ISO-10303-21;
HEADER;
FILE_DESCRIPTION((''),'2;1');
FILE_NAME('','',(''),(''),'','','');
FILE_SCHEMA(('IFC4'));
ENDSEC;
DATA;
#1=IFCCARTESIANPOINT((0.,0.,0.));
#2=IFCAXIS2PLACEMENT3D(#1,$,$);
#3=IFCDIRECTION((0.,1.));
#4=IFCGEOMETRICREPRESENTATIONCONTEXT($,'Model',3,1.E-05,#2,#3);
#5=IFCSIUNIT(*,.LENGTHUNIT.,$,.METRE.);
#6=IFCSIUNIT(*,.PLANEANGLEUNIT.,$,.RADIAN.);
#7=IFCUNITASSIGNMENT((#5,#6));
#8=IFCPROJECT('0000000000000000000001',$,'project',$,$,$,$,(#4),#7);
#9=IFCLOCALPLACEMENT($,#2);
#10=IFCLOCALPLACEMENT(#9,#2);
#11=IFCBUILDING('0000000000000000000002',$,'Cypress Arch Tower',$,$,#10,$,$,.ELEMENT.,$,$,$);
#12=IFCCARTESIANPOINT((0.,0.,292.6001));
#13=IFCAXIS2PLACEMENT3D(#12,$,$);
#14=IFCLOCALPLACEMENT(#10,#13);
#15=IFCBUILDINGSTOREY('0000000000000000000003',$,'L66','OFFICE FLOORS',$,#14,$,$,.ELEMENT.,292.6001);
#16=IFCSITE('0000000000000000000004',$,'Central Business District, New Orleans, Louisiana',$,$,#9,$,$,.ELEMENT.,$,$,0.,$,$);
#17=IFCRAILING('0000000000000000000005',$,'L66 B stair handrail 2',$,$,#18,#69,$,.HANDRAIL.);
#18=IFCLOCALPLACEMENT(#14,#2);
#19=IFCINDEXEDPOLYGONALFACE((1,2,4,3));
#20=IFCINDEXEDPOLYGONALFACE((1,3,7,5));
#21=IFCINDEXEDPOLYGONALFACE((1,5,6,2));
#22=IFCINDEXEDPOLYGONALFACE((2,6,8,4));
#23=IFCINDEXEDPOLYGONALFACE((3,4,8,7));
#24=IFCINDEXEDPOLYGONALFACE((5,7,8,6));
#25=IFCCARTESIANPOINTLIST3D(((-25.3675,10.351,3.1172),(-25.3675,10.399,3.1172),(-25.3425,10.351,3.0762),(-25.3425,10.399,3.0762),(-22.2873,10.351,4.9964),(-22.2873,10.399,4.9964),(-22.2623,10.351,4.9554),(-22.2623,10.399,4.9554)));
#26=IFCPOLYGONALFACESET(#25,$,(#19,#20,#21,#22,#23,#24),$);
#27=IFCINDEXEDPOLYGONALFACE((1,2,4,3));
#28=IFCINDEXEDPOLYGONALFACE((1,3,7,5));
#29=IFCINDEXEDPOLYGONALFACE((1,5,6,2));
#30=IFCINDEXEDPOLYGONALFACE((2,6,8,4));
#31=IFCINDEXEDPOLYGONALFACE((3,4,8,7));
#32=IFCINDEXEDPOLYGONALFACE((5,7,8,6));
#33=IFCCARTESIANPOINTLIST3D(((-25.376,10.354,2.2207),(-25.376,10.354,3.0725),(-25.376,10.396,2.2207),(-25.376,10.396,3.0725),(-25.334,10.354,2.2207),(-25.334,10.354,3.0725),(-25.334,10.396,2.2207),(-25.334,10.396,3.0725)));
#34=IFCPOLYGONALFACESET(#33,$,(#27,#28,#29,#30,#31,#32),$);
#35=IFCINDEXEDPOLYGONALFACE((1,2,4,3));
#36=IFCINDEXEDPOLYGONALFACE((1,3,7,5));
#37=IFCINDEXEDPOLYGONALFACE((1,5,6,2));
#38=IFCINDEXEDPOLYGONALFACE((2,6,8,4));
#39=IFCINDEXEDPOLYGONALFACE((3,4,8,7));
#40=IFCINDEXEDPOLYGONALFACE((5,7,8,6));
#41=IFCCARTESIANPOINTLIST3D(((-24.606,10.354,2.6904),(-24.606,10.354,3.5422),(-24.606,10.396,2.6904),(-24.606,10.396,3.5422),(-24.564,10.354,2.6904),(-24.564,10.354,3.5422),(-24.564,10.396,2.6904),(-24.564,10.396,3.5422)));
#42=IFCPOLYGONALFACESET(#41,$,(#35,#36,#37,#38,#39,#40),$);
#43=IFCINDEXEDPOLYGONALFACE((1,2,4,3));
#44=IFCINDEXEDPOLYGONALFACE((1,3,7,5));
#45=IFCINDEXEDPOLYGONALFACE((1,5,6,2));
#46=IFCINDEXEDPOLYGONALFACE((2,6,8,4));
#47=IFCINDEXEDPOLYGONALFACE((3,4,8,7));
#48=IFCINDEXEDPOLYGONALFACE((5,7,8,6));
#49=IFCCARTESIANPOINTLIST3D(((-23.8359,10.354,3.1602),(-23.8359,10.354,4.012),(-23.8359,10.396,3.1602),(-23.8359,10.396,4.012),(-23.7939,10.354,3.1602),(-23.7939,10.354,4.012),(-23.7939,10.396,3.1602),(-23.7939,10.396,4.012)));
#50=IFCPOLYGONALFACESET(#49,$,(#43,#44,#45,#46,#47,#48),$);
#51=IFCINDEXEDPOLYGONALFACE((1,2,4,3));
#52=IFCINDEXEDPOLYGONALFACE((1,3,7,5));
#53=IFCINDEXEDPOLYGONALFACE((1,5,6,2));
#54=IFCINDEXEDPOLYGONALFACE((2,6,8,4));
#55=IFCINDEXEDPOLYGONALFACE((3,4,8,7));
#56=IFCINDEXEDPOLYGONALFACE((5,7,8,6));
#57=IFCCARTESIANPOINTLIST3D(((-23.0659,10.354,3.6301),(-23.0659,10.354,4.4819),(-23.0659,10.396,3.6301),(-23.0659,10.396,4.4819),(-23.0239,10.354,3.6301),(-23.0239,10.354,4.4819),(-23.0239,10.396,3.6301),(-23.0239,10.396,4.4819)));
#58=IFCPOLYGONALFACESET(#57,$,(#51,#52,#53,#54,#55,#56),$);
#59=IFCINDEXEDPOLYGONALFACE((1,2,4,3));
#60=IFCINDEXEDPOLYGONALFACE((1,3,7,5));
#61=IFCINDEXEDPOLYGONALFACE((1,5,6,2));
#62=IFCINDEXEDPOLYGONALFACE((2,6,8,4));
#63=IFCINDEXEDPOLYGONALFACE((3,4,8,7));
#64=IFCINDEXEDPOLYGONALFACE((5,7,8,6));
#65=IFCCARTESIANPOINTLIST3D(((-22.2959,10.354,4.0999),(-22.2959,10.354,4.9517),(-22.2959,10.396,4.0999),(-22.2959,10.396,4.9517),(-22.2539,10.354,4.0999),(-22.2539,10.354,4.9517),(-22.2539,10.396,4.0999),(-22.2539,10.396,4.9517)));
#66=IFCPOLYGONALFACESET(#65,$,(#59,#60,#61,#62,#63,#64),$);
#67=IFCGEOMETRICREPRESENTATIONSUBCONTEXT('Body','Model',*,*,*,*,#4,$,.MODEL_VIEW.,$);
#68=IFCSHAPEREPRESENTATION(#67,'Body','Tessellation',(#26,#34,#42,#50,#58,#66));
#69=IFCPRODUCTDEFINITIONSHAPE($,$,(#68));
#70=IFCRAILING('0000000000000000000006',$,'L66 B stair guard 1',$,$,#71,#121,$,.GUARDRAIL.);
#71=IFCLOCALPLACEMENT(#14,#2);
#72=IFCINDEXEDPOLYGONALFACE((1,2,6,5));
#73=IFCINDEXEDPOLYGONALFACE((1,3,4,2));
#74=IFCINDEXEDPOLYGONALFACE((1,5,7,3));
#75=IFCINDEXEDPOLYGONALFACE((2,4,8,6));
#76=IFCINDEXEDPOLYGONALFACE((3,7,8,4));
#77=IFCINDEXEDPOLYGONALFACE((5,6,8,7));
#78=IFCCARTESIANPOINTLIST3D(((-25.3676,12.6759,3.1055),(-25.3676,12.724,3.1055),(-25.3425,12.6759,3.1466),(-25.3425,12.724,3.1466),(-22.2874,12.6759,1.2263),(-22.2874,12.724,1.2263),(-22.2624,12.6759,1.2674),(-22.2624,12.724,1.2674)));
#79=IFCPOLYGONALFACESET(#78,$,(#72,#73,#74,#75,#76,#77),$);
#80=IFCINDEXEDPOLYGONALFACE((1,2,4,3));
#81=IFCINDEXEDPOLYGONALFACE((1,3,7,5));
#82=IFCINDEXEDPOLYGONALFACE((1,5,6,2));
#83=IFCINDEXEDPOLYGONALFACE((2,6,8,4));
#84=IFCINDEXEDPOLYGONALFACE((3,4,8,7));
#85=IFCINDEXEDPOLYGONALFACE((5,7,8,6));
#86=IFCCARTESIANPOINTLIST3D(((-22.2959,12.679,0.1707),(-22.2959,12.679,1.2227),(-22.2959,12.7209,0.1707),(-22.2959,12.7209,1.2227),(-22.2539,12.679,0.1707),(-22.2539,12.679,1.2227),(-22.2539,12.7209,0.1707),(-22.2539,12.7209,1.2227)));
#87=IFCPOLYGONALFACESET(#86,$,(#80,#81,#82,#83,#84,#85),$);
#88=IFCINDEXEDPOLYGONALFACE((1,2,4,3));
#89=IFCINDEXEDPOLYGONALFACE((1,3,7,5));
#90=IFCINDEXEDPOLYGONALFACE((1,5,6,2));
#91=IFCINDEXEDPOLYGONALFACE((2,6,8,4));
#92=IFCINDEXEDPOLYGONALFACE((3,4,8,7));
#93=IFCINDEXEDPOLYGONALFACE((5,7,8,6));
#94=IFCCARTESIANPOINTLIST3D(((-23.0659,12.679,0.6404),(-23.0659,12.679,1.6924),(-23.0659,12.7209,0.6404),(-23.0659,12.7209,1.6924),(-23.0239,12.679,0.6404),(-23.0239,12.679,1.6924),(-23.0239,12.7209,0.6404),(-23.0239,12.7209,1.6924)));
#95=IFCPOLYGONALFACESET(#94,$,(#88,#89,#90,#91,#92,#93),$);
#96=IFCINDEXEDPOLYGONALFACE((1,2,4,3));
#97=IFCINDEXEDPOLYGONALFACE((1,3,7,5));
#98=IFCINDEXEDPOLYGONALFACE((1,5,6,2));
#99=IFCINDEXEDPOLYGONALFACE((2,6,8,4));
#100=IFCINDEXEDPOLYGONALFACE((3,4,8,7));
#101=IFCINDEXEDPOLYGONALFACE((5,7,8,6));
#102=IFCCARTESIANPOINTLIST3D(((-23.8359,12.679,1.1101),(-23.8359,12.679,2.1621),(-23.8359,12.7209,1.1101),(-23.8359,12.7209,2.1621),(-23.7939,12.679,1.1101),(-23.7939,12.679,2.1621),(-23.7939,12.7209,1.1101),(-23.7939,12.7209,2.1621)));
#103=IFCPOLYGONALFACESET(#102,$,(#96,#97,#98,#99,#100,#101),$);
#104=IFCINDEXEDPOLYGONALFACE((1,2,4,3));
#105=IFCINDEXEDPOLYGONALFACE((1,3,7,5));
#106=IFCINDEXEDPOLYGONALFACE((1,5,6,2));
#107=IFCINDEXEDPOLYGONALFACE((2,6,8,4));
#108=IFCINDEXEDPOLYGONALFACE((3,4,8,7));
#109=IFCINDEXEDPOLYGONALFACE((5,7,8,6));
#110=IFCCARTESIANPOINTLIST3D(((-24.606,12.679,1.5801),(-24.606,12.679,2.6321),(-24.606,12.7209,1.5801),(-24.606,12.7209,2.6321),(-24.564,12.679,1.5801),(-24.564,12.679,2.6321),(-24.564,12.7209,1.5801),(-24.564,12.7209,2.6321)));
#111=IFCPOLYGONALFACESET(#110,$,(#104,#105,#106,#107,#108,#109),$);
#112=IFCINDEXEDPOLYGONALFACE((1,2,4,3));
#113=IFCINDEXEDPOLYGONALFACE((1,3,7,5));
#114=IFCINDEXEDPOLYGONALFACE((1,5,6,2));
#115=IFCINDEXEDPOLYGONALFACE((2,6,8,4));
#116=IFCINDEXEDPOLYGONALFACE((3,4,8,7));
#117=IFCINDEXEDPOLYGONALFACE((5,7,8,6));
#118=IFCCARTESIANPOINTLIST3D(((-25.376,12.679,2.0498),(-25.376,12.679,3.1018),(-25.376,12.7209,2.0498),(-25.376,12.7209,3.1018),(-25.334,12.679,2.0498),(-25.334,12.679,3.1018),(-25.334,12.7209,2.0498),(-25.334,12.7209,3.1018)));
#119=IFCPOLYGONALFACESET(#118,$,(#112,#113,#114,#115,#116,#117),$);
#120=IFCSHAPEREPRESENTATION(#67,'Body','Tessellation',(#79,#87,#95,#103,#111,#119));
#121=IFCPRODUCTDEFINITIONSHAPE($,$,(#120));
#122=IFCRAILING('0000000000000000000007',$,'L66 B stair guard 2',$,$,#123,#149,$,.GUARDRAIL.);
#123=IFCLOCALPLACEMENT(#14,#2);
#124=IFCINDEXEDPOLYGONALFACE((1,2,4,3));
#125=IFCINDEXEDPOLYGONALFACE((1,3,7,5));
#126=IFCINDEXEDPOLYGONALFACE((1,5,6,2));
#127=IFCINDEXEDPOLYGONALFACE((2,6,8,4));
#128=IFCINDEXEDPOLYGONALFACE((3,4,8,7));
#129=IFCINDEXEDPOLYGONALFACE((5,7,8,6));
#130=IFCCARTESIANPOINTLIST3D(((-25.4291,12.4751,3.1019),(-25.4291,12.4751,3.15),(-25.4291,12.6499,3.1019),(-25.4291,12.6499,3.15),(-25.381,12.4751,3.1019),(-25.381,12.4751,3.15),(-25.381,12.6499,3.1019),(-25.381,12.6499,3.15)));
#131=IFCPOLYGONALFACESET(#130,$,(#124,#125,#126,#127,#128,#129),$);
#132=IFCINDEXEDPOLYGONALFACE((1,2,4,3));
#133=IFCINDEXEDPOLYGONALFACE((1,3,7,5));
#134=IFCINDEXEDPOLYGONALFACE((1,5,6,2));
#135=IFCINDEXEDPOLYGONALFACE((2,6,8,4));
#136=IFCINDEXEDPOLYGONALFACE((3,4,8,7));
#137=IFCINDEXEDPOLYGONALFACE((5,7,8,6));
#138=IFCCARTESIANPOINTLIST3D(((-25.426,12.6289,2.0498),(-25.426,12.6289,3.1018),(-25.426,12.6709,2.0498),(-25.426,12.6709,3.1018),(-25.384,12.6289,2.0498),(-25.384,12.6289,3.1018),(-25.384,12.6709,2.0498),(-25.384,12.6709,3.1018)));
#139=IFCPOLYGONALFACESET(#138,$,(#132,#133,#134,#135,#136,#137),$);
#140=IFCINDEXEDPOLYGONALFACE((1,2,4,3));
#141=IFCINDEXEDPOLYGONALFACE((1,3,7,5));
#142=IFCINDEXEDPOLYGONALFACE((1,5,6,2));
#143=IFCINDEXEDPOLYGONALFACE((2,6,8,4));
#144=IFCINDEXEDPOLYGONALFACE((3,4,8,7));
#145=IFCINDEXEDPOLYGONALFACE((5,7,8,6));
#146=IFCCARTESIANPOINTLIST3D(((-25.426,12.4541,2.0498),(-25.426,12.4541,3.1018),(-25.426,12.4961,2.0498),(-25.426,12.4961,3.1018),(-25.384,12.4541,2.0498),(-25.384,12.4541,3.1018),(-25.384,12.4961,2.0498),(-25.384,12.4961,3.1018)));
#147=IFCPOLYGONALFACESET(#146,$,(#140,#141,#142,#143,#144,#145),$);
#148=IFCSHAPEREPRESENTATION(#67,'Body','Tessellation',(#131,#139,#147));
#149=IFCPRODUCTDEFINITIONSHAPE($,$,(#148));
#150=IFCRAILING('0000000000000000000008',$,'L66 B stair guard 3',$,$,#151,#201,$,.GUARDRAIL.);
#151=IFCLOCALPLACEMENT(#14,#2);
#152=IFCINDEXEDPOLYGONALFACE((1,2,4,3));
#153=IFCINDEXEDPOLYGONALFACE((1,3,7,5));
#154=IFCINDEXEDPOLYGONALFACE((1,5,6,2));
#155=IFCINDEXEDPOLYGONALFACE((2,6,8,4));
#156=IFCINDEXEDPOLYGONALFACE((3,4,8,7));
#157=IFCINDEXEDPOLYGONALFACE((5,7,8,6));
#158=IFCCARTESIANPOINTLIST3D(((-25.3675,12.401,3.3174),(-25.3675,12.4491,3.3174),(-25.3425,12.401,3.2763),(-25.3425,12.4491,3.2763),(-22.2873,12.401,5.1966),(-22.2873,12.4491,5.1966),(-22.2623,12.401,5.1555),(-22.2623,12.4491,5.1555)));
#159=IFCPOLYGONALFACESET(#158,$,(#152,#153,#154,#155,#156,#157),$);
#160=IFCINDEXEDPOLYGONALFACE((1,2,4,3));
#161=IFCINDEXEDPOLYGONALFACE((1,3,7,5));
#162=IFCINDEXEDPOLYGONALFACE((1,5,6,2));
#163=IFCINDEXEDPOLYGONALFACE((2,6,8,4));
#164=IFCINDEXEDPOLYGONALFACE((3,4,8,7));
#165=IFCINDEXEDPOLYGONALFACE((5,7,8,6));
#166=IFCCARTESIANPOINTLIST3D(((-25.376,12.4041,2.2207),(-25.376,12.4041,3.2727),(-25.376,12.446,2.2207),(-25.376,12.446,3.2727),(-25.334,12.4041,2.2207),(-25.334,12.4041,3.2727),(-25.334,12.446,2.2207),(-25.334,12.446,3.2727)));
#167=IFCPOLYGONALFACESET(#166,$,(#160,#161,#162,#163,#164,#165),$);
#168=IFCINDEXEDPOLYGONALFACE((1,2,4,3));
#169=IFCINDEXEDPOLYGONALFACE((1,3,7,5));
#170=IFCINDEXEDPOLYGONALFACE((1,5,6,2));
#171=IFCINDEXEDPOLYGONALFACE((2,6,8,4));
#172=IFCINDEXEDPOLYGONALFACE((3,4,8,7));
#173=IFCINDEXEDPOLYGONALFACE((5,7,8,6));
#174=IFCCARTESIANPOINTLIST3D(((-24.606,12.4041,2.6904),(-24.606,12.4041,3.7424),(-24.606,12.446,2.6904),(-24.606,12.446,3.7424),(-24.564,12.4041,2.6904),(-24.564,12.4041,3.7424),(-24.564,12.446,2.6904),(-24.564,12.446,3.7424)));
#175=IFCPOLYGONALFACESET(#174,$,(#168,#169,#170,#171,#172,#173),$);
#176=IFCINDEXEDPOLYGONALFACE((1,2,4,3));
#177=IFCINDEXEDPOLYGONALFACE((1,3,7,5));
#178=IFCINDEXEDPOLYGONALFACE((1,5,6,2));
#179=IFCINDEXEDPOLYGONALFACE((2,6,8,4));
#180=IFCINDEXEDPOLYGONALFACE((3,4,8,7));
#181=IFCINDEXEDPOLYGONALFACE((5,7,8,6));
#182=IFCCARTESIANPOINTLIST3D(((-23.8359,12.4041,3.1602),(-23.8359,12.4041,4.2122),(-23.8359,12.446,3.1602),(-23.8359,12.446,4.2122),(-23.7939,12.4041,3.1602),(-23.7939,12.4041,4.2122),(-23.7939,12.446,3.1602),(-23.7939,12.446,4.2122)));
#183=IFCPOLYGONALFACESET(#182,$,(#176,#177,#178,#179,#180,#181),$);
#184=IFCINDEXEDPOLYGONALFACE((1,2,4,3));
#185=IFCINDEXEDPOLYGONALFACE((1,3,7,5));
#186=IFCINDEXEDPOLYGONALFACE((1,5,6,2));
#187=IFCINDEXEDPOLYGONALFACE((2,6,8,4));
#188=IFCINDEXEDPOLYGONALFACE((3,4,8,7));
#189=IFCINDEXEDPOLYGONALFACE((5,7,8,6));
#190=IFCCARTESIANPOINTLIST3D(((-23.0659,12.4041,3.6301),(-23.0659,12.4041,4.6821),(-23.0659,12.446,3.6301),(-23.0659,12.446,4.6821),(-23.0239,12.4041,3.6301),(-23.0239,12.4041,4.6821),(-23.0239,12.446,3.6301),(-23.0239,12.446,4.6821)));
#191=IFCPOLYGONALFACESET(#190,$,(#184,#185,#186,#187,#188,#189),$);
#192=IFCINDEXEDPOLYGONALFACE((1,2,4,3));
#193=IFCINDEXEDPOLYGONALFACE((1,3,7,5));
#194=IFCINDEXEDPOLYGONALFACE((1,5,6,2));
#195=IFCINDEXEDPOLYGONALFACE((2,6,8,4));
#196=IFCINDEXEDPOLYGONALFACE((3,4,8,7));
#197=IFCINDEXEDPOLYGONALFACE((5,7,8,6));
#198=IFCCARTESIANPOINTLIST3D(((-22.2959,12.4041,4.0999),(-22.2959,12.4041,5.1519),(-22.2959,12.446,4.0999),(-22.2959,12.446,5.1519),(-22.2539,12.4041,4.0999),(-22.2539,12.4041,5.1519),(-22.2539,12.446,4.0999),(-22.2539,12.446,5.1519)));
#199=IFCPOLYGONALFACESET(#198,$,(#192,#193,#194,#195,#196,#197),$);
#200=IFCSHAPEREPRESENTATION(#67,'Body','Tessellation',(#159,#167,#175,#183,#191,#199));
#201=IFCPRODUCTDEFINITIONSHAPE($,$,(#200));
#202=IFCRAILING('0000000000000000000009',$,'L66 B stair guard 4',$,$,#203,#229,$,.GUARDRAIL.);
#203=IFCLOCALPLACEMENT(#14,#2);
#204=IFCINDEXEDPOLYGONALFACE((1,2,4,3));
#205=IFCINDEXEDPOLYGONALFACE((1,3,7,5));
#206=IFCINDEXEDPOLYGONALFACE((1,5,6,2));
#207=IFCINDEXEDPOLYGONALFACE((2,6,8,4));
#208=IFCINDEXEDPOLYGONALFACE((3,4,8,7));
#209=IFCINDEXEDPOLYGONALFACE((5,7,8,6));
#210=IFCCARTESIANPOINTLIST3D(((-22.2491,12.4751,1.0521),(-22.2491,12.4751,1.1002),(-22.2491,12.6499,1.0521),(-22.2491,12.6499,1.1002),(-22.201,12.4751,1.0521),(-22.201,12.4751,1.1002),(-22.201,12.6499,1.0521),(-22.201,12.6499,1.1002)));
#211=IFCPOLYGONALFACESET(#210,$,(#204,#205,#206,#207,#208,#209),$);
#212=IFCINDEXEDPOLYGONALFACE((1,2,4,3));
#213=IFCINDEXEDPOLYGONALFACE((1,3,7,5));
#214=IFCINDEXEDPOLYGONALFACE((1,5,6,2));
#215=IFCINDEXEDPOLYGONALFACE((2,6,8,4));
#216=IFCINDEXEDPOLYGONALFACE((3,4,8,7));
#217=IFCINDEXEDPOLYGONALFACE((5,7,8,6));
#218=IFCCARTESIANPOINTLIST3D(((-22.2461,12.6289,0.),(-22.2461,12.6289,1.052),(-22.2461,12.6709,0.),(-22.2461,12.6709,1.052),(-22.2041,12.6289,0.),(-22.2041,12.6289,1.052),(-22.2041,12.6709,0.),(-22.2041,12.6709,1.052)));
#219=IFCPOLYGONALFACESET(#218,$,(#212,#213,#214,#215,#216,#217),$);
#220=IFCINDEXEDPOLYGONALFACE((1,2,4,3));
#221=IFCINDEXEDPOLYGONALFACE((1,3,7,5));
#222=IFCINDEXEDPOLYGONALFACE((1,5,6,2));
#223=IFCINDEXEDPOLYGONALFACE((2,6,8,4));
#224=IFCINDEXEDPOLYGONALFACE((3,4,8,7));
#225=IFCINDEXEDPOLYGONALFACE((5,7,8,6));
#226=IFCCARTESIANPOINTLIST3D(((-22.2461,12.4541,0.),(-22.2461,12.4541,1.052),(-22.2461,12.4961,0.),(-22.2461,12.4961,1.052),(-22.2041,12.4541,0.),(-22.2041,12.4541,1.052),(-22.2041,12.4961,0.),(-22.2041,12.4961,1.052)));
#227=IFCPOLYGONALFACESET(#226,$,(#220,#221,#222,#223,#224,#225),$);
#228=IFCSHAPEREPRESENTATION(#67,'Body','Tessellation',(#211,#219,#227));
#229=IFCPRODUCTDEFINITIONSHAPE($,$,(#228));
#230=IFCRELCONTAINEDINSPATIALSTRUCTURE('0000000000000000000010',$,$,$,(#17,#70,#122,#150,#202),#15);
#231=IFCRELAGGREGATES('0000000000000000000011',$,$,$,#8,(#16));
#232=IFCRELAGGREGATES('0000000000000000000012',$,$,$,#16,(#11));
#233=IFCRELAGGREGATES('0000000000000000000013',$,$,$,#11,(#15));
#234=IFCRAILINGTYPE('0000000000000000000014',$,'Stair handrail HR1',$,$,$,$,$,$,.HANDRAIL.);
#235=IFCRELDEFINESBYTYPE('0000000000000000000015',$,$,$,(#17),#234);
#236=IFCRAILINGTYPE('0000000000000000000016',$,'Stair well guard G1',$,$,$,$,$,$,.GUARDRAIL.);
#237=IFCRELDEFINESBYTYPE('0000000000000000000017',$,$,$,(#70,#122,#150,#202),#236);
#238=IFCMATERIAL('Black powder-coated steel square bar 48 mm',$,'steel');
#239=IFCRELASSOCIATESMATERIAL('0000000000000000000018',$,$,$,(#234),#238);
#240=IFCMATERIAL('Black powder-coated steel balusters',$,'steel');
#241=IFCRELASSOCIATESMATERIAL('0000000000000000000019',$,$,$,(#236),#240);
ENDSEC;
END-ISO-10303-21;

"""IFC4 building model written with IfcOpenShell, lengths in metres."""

from ifc_helpers import new_model, si_unit, direction, frame, origin, origin_2d, place, context, subcontext, project, spatial, rectangle, extrude, material, type_object, element, save


model = new_model("IFC4")

# Units and contexts
model_context = context("Model", 3, precision=1e-05, world=origin(), true_north=direction((0.0, 1.0)))
body_context = subcontext(model_context, "Body", "Model", "MODEL_VIEW")
ifc_project = project(units=[si_unit("LENGTHUNIT", "METRE"), si_unit("PLANEANGLEUNIT", "RADIAN")], contexts=[model_context])

# Site, building, storey
site_placement = place(None, origin())
site = spatial("IfcSite", under=ifc_project, at=site_placement, Name="Central Business District, New Orleans, Louisiana", CompositionType="ELEMENT", RefElevation=0.0)
building_placement = place(site_placement, origin())
building = spatial("IfcBuilding", under=site, at=building_placement, Name="Cypress Arch Tower", CompositionType="ELEMENT")
storey_placement = place(building_placement, frame((0.0, 0.0, 292.6001)))
storey = spatial("IfcBuildingStorey", under=building, at=storey_placement, Name="L66", Description="OFFICE FLOORS", CompositionType="ELEMENT", Elevation=292.6001)

# Railings
ifc_material_1 = material(Name="Black powder-coated steel square bar 48 mm", Category="steel")
railing_type_1 = type_object("IfcRailingType", Name="Stair handrail HR1", PredefinedType="HANDRAIL", material=ifc_material_1)
railing_1_placement = place(storey_placement, frame((-25.355, 10.375, 2.2207)))
element("IfcRailing", 1, at=railing_1_placement, inside=storey, type_object=railing_type_1, Name="L66 B stair handrail 2", PredefinedType="HANDRAIL", context=body_context, shape_type="SweptSolid", body=[
    extrude(rectangle(XDim=0.0481, YDim=0.0481, at=origin_2d()), frame((0.0, 0.0, 0.876), z_axis=(0.853666, 0.0, 0.52082), x_axis=(0.0, 1.0, 0.0)), (0.0, 0.0, 1.0), 3.6082),
    extrude(rectangle(XDim=0.042, YDim=0.042, at=origin_2d()), origin(), (0.0, 0.0, 1.0), 0.8518),
    extrude(rectangle(XDim=0.042, YDim=0.042, at=origin_2d()), frame((0.77, 0.0, 0.4697)), (0.0, 0.0, 1.0), 0.8518),
    extrude(rectangle(XDim=0.042, YDim=0.042, at=origin_2d()), frame((1.54, 0.0, 0.9395)), (0.0, 0.0, 1.0), 0.8518),
    extrude(rectangle(XDim=0.042, YDim=0.042, at=origin_2d()), frame((2.3101, 0.0, 1.4094)), (0.0, 0.0, 1.0), 0.8518),
    extrude(rectangle(XDim=0.042, YDim=0.042, at=origin_2d()), frame((3.0801, 0.0, 1.8792)), (0.0, 0.0, 1.0), 0.8518),
])
ifc_material_2 = material(Name="Black powder-coated steel balusters", Category="steel")
railing_type_2 = type_object("IfcRailingType", Name="Stair well guard G1", PredefinedType="GUARDRAIL", material=ifc_material_2)
railing_2_placement = place(storey_placement, frame((-22.2749, 12.7, 0.1707)))
element("IfcRailing", 2, at=railing_2_placement, inside=storey, type_object=railing_type_2, Name="L66 B stair guard 1", PredefinedType="GUARDRAIL", context=body_context, shape_type="SweptSolid", body=[
    extrude(rectangle(XDim=0.0481, YDim=0.0481, at=origin_2d()), frame((0.0, 0.0, 1.0762), z_axis=(-0.853666, 0.0, 0.52082), x_axis=(0.0, -1.0, 0.0)), (0.0, 0.0, 1.0), 3.6082),
    extrude(rectangle(XDim=0.042, YDim=0.042, at=origin_2d()), origin(), (0.0, 0.0, 1.0), 1.052),
    extrude(rectangle(XDim=0.042, YDim=0.042, at=origin_2d()), frame((-0.77, 0.0, 0.4697)), (0.0, 0.0, 1.0), 1.052),
    extrude(rectangle(XDim=0.042, YDim=0.042, at=origin_2d()), frame((-1.54, 0.0, 0.9395)), (0.0, 0.0, 1.0), 1.052),
    extrude(rectangle(XDim=0.042, YDim=0.042, at=origin_2d()), frame((-2.3101, 0.0, 1.4094)), (0.0, 0.0, 1.0), 1.052),
    extrude(rectangle(XDim=0.042, YDim=0.042, at=origin_2d()), frame((-3.0801, 0.0, 1.8792)), (0.0, 0.0, 1.0), 1.052),
])
railing_3_placement = place(storey_placement, frame((-25.405, 12.6499, 2.0498)))
element("IfcRailing", 3, at=railing_3_placement, inside=storey, type_object=railing_type_2, Name="L66 B stair guard 2", PredefinedType="GUARDRAIL", context=body_context, shape_type="SweptSolid", body=[
    extrude(rectangle(XDim=0.0481, YDim=0.0481, at=origin_2d()), frame((0.0, 0.0, 1.0762), z_axis=(0.0, -1.0, 0.0), x_axis=(1.0, 0.0, 0.0)), (0.0, 0.0, 1.0), 0.1748),
    extrude(rectangle(XDim=0.042, YDim=0.042, at=origin_2d()), origin(), (0.0, 0.0, 1.0), 1.052),
    extrude(rectangle(XDim=0.042, YDim=0.042, at=origin_2d()), frame((0.0, -0.1748, 0.0)), (0.0, 0.0, 1.0), 1.052),
])
railing_4_placement = place(storey_placement, frame((-25.355, 12.425, 2.2207)))
element("IfcRailing", 4, at=railing_4_placement, inside=storey, type_object=railing_type_2, Name="L66 B stair guard 3", PredefinedType="GUARDRAIL", context=body_context, shape_type="SweptSolid", body=[
    extrude(rectangle(XDim=0.0481, YDim=0.0481, at=origin_2d()), frame((0.0, 0.0, 1.0762), z_axis=(0.853666, 0.0, 0.52082), x_axis=(0.0, 1.0, 0.0)), (0.0, 0.0, 1.0), 3.6082),
    extrude(rectangle(XDim=0.042, YDim=0.042, at=origin_2d()), origin(), (0.0, 0.0, 1.0), 1.052),
    extrude(rectangle(XDim=0.042, YDim=0.042, at=origin_2d()), frame((0.77, 0.0, 0.4697)), (0.0, 0.0, 1.0), 1.052),
    extrude(rectangle(XDim=0.042, YDim=0.042, at=origin_2d()), frame((1.54, 0.0, 0.9395)), (0.0, 0.0, 1.0), 1.052),
    extrude(rectangle(XDim=0.042, YDim=0.042, at=origin_2d()), frame((2.3101, 0.0, 1.4094)), (0.0, 0.0, 1.0), 1.052),
    extrude(rectangle(XDim=0.042, YDim=0.042, at=origin_2d()), frame((3.0801, 0.0, 1.8792)), (0.0, 0.0, 1.0), 1.052),
])
railing_5_placement = place(storey_placement, frame((-22.2251, 12.6499, 0.0)))
element("IfcRailing", 5, at=railing_5_placement, inside=storey, type_object=railing_type_2, Name="L66 B stair guard 4", PredefinedType="GUARDRAIL", context=body_context, shape_type="SweptSolid", body=[
    extrude(rectangle(XDim=0.0481, YDim=0.0481, at=origin_2d()), frame((0.0, 0.0, 1.0762), z_axis=(0.0, -1.0, 0.0), x_axis=(1.0, 0.0, 0.0)), (0.0, 0.0, 1.0), 0.1748),
    extrude(rectangle(XDim=0.042, YDim=0.042, at=origin_2d()), origin(), (0.0, 0.0, 1.0), 1.052),
    extrude(rectangle(XDim=0.042, YDim=0.042, at=origin_2d()), frame((0.0, -0.1748, 0.0)), (0.0, 0.0, 1.0), 1.052),
])

save(model, "model.ifc")
